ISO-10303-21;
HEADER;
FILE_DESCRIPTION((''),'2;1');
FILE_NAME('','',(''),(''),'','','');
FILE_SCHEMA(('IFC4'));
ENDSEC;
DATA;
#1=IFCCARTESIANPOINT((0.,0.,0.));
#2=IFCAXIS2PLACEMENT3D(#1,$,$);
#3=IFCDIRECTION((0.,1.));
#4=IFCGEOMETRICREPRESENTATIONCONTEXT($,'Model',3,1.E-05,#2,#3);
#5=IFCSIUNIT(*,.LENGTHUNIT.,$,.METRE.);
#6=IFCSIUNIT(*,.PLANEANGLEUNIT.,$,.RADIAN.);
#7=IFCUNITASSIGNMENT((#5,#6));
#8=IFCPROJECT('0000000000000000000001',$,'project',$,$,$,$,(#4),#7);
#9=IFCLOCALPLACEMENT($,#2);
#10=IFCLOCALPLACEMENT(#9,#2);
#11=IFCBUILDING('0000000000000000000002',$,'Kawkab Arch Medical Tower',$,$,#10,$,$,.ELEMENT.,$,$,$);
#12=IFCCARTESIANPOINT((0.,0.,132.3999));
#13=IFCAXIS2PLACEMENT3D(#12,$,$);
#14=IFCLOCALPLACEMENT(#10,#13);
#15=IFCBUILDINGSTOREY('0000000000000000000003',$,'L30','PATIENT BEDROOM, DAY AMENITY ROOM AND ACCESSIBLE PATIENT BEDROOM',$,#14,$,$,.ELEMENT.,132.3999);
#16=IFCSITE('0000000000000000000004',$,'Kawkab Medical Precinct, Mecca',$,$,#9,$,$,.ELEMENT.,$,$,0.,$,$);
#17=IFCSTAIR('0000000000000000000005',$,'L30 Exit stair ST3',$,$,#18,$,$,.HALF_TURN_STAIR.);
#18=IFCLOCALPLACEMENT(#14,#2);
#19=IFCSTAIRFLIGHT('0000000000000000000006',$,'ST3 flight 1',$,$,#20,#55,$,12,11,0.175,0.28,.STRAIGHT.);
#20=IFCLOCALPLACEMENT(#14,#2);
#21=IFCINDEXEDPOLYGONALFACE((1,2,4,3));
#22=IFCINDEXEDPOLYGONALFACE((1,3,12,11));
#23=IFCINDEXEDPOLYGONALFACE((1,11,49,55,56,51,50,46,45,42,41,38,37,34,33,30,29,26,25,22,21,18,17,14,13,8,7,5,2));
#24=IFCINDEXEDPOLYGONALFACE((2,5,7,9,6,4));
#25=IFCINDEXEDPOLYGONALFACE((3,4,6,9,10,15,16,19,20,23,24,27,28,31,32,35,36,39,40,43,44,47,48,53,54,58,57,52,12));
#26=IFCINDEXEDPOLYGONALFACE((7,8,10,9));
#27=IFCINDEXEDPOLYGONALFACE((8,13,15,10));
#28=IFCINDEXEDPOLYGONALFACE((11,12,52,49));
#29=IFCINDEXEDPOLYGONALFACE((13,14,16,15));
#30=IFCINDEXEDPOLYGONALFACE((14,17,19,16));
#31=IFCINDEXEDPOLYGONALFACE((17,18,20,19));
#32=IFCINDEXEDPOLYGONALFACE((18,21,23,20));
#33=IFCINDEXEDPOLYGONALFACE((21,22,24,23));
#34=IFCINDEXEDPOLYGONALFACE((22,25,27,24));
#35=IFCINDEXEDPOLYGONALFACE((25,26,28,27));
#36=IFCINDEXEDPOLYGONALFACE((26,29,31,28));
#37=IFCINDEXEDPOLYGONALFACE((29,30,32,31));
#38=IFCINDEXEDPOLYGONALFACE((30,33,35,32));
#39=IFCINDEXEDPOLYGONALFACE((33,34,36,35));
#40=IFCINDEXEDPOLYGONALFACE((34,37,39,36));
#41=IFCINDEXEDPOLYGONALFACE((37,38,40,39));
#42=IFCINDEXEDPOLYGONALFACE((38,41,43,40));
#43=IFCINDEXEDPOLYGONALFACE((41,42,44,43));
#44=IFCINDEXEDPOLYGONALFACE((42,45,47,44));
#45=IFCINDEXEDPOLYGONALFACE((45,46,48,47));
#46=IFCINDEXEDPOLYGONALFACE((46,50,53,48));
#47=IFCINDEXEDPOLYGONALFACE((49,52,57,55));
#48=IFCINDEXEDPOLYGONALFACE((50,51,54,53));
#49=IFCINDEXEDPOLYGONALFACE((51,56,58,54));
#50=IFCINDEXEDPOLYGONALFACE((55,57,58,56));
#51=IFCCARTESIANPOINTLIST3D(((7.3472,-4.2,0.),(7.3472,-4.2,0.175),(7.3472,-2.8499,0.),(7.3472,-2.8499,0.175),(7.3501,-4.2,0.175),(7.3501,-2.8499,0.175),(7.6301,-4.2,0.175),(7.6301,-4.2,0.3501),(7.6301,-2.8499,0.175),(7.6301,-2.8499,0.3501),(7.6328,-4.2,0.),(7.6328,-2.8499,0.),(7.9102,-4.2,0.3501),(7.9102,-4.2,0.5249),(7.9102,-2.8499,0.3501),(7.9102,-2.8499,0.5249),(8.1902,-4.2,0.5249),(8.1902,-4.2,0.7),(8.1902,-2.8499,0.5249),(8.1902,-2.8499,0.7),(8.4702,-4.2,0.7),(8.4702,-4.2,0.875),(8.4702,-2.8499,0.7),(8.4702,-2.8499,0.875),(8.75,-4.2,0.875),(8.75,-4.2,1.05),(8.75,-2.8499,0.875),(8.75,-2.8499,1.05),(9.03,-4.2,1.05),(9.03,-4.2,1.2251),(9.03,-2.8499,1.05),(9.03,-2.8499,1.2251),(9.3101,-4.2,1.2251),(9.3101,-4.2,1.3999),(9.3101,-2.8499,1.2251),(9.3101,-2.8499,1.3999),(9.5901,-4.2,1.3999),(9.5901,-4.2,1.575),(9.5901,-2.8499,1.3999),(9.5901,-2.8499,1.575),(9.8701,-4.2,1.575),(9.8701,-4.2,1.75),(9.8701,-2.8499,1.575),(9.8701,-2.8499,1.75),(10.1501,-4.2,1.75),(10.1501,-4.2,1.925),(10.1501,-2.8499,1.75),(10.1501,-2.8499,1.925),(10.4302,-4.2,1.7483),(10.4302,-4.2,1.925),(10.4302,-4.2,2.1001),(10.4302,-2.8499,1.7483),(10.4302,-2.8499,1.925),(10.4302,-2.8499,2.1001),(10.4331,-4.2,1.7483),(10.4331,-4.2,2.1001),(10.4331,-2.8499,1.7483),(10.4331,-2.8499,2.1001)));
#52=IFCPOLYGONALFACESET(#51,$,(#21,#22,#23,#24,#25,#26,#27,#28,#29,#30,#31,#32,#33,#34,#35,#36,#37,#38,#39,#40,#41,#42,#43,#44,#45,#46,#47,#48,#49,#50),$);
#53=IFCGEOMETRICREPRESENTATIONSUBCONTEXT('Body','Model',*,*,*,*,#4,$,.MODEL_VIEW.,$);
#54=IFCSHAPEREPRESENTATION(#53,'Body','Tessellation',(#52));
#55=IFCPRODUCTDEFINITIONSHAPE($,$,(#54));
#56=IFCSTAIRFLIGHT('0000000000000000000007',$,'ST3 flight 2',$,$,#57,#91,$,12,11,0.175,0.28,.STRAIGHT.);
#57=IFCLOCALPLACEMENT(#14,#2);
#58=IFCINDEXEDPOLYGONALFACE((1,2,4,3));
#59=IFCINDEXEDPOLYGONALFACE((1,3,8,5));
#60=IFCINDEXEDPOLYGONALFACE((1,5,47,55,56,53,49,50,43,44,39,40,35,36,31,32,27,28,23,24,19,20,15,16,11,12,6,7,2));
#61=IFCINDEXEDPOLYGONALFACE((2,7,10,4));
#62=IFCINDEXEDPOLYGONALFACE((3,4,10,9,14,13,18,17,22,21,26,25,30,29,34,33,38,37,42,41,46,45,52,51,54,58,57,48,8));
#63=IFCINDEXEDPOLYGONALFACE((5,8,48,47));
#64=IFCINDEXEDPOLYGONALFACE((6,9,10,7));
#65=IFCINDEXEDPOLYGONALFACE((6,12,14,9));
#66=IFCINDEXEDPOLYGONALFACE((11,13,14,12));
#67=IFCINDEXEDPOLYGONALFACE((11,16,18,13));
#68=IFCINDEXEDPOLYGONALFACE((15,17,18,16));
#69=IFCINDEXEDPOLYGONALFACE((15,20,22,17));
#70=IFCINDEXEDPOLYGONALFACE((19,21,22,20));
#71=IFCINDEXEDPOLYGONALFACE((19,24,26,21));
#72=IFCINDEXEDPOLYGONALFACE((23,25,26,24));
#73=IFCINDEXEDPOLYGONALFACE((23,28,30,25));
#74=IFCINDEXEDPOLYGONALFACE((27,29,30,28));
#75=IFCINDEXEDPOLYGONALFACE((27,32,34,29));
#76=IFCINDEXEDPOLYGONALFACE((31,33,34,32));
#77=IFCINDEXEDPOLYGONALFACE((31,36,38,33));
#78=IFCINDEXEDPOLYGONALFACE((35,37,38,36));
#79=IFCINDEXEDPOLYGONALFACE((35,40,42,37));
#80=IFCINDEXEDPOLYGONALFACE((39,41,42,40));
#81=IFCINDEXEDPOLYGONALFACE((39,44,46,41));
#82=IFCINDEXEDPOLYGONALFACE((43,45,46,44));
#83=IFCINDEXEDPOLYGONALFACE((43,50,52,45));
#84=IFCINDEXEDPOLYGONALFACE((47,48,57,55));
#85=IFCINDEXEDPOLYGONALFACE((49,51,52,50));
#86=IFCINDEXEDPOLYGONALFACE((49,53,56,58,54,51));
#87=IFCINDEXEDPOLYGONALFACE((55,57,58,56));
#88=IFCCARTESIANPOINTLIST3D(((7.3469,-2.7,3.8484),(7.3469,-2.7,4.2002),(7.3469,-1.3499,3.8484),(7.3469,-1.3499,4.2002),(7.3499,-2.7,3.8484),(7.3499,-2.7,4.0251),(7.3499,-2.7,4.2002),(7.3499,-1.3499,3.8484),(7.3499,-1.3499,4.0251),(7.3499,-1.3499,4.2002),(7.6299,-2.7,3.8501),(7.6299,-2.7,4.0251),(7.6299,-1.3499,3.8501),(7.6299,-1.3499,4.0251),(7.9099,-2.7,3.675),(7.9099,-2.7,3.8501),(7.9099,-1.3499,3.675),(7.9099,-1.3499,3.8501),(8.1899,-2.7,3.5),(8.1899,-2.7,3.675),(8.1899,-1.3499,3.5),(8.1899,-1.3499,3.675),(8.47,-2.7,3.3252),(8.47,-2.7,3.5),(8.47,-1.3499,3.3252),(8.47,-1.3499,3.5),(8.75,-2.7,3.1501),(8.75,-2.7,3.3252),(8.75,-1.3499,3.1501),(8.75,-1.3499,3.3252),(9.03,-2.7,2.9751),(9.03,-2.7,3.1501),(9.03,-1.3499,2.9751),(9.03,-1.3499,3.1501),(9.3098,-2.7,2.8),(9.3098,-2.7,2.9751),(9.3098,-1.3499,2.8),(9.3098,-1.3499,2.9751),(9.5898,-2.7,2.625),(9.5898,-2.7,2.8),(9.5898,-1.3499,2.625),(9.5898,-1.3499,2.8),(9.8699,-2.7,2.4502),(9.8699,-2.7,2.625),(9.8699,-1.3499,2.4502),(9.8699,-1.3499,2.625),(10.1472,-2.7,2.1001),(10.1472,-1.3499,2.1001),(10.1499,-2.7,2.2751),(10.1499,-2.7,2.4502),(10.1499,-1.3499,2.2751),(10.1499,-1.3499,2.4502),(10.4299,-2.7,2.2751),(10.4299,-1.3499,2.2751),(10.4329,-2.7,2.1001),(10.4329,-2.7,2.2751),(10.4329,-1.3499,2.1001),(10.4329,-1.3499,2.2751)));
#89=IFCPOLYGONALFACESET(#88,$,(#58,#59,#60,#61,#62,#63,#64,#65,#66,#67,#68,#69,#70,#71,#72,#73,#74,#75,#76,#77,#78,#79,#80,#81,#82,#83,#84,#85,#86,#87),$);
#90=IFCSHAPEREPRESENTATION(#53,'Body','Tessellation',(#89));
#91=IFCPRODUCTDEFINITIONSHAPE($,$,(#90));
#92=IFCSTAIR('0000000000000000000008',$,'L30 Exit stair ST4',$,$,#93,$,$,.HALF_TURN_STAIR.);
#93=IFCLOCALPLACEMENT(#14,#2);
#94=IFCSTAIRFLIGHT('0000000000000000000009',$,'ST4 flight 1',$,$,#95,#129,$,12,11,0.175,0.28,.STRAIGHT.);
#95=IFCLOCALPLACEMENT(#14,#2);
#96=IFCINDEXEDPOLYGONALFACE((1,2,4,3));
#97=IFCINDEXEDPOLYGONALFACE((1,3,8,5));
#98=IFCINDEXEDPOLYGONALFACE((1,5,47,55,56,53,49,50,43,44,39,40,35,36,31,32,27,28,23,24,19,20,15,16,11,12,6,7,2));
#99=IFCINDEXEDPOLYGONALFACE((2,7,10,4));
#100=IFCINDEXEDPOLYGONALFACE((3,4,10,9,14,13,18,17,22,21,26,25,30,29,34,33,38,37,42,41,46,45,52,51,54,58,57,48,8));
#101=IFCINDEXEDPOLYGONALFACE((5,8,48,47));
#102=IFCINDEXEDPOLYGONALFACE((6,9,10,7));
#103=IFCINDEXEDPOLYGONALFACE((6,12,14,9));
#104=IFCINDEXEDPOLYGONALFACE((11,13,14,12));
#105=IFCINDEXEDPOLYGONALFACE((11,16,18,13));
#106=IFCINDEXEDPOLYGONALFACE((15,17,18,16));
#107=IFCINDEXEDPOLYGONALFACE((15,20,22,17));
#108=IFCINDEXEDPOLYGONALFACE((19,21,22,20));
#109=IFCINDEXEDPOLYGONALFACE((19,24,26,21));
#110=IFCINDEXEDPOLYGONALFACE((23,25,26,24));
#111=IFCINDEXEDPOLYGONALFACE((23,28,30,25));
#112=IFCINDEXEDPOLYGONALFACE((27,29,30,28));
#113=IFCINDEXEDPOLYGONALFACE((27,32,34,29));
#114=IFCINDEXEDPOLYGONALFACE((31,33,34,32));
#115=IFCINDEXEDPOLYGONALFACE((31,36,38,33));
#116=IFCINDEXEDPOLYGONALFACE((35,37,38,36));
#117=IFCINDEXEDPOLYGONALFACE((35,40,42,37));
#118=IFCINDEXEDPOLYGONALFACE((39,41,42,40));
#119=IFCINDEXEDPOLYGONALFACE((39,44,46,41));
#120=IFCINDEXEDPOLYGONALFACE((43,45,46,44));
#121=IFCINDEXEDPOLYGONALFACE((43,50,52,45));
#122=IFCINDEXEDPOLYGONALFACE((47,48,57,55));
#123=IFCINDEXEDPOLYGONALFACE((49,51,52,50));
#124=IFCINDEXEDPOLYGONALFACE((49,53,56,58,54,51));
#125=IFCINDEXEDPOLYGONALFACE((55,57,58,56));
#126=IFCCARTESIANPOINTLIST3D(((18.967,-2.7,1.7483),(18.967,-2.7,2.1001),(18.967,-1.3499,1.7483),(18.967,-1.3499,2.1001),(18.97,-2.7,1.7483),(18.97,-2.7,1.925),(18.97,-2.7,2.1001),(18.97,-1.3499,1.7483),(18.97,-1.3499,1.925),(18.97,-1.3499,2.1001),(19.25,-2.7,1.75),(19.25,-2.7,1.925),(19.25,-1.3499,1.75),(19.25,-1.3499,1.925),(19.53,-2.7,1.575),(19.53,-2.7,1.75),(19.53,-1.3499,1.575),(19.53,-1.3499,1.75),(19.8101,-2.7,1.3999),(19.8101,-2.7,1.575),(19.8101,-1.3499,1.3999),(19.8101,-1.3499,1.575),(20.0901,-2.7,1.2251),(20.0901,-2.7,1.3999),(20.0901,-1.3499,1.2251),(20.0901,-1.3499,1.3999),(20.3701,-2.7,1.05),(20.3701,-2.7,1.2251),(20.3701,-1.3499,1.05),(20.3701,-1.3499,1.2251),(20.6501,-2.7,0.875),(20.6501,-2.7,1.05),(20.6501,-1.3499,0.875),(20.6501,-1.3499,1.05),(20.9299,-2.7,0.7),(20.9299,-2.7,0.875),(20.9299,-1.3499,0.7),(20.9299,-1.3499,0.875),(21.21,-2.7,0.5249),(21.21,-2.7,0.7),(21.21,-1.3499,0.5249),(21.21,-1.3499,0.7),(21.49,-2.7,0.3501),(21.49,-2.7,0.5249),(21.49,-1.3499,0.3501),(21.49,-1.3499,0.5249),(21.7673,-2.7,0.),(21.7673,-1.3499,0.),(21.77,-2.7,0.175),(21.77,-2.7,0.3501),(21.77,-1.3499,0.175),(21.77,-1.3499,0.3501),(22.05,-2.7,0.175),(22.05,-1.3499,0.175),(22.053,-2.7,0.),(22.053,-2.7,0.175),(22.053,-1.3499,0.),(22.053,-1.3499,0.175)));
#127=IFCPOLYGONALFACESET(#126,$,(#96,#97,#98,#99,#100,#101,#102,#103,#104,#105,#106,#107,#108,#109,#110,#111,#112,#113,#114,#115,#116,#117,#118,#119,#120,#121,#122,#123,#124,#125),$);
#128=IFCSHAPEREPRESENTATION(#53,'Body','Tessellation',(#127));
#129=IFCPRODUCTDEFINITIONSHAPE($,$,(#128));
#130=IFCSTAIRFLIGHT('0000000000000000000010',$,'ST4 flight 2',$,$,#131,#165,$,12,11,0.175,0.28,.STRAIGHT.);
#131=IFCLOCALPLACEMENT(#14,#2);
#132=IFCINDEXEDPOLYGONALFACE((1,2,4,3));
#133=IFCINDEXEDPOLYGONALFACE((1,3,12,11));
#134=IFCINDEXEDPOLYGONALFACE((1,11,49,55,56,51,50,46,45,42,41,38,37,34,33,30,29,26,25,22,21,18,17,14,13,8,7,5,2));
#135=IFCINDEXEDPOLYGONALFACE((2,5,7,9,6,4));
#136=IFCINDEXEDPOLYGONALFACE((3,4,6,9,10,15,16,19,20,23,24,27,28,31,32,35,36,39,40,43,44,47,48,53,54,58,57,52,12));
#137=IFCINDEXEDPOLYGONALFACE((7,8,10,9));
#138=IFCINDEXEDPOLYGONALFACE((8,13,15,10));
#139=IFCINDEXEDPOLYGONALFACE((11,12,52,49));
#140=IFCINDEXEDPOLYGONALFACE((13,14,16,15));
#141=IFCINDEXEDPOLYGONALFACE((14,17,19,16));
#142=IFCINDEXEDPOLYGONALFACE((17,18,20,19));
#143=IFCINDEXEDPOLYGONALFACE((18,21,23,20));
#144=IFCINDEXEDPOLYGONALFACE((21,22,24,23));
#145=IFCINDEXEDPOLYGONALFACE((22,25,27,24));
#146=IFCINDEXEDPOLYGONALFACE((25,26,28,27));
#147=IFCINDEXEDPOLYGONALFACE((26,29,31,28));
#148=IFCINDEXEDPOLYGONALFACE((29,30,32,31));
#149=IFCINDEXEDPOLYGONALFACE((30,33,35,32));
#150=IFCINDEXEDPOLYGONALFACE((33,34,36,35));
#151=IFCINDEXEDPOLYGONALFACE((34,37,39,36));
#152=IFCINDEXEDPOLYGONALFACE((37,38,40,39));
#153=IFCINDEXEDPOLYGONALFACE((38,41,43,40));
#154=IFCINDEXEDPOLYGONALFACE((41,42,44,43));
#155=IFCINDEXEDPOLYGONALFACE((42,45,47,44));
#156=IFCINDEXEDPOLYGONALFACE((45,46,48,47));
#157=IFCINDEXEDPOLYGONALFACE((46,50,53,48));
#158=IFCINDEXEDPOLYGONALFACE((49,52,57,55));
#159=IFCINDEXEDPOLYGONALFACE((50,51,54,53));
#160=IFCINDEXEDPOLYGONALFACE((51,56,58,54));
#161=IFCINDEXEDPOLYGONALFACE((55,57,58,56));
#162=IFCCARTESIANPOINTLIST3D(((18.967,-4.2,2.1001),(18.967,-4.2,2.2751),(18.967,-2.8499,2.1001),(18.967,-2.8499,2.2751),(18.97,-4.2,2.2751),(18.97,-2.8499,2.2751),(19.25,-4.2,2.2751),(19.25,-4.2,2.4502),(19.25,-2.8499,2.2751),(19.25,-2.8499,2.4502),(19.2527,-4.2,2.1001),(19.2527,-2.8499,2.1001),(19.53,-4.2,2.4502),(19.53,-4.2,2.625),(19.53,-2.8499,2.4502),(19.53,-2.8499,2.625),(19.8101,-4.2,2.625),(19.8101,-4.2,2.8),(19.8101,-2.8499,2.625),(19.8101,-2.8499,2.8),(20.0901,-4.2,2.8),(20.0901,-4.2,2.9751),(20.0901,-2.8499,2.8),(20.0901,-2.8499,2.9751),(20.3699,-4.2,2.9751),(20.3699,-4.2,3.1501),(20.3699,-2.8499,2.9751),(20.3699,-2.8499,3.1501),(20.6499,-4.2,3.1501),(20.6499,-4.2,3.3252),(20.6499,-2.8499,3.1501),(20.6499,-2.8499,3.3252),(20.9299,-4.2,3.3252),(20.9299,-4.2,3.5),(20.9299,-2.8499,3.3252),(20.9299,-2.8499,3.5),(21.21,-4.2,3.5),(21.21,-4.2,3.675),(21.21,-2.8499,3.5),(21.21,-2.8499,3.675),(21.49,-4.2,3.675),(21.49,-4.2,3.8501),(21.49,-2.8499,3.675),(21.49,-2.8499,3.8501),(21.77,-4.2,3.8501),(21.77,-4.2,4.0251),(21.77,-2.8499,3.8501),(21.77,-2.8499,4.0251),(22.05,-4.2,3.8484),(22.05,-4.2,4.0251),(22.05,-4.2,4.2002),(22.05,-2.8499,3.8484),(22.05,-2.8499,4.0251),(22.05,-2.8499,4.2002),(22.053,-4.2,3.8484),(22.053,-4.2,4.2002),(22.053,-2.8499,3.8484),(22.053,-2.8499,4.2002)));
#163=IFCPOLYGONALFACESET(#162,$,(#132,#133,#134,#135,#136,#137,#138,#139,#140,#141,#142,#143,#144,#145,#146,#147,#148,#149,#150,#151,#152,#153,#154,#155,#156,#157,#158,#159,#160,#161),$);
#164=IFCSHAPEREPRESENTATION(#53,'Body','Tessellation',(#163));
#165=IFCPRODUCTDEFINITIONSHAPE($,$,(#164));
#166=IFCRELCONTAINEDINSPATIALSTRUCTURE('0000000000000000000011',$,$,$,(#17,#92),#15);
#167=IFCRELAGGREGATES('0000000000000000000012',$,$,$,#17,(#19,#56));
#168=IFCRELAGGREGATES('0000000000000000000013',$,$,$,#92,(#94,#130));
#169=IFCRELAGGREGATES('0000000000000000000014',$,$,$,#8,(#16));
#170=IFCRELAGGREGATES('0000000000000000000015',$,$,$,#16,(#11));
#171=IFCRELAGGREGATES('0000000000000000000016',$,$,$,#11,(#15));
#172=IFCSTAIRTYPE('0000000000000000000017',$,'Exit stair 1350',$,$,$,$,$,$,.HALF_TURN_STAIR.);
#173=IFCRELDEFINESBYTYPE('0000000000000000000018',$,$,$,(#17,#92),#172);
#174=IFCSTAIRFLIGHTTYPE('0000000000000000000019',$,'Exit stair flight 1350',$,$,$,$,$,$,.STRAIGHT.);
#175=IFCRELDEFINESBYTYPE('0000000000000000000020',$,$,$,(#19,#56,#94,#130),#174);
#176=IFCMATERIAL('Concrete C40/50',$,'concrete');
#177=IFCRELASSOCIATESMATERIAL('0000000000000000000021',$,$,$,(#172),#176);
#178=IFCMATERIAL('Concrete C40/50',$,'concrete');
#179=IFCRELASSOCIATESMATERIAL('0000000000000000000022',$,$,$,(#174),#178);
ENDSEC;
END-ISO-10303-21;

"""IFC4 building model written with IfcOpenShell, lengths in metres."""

from ifc_helpers import new_model, si_unit, direction, frame, origin, place, context, subcontext, project, spatial, polyline, outline, extrude, material, type_object, element, aggregate, save


model = new_model("IFC4")

# Units and contexts
model_context = context("Model", 3, precision=1e-05, world=origin(), true_north=direction((0.0, 1.0)))
body_context = subcontext(model_context, "Body", "Model", "MODEL_VIEW")
ifc_project = project(units=[si_unit("LENGTHUNIT", "METRE"), si_unit("PLANEANGLEUNIT", "RADIAN")], contexts=[model_context])

# Site, building, storey
site_placement = place(None, origin())
site = spatial("IfcSite", under=ifc_project, at=site_placement, Name="Kawkab Medical Precinct, Mecca", CompositionType="ELEMENT", RefElevation=0.0)
building_placement = place(site_placement, origin())
building = spatial("IfcBuilding", under=site, at=building_placement, Name="Kawkab Arch Medical Tower", CompositionType="ELEMENT")
storey_placement = place(building_placement, frame((0.0, 0.0, 132.3999)))
storey = spatial("IfcBuildingStorey", under=building, at=storey_placement, Name="L30", Description="PATIENT BEDROOM, DAY AMENITY ROOM AND ACCESSIBLE PATIENT BEDROOM", CompositionType="ELEMENT", Elevation=132.3999)

# Shared definitions
placement = place(storey_placement, origin())

# Stairs, stair flights
ifc_material_1 = material(Name="Concrete C40/50", Category="concrete")
stair_type = type_object("IfcStairType", Name="Exit stair 1350", PredefinedType="HALF_TURN_STAIR", material=ifc_material_1)
stair_1 = element("IfcStair", 1, at=placement, inside=storey, type_object=stair_type, Name="L30 Exit stair ST3", PredefinedType="HALF_TURN_STAIR")
ifc_material_2 = material(Name="Concrete C40/50", Category="concrete")
stair_flight_type = type_object("IfcStairFlightType", Name="Exit stair flight 1350", PredefinedType="STRAIGHT", material=ifc_material_2)
stair_flight_1_placement = place(storey_placement, frame((7.3501, -3.5249, 0.0), z_axis=(0.0, 0.0, 1.0), x_axis=(1.0, 0.0, 0.0)))
stair_flight_1 = element("IfcStairFlight", 2, at=stair_flight_1_placement, type_object=stair_flight_type, Name="ST3 flight 1", NumberOfRisers=12, NumberOfTreads=11, PredefinedType="STRAIGHT", RiserHeight=0.175, TreadLength=0.28, context=body_context, shape_type="SweptSolid", body=[
    extrude(outline(polyline([(-0.0029, 0.0), (-0.0029, 0.175), (0.0, 0.175), (0.28, 0.175), (0.28, 0.3501), (0.5601, 0.3501), (0.5601, 0.5249), (0.8401, 0.5249), (0.8401, 0.7), (1.1201, 0.7), (1.1201, 0.875), (1.3999, 0.875), (1.3999, 1.05), (1.6799, 1.05), (1.6799, 1.2251), (1.96, 1.2251), (1.96, 1.3999), (2.24, 1.3999), (2.24, 1.575), (2.52, 1.575), (2.52, 1.75), (2.8, 1.75), (2.8, 1.925), (3.0801, 1.925), (3.0801, 2.1001), (3.083, 2.1001), (3.083, 1.7483), (3.0801, 1.7483), (0.2827, 0.0), (-0.0029, 0.0)])), frame((0.0, 0.675, 0.0), z_axis=(0.0, -1.0, 0.0), x_axis=(1.0, 0.0, 0.0)), (0.0, 0.0, 1.0), 1.3501),
])
stair_flight_2_placement = place(storey_placement, frame((10.4299, -2.0249, 2.1001), z_axis=(0.0, 0.0, 1.0), x_axis=(-1.0, 0.0, 0.0)))
stair_flight_2 = element("IfcStairFlight", 3, at=stair_flight_2_placement, type_object=stair_flight_type, Name="ST3 flight 2", NumberOfRisers=12, NumberOfTreads=11, PredefinedType="STRAIGHT", RiserHeight=0.175, TreadLength=0.28, context=body_context, shape_type="SweptSolid", body=[
    extrude(outline(polyline([(-0.0029, 0.0), (-0.0029, 0.175), (0.0, 0.175), (0.28, 0.175), (0.28, 0.3501), (0.5601, 0.3501), (0.5601, 0.5249), (0.8401, 0.5249), (0.8401, 0.7), (1.1201, 0.7), (1.1201, 0.875), (1.3999, 0.875), (1.3999, 1.05), (1.6799, 1.05), (1.6799, 1.2251), (1.96, 1.2251), (1.96, 1.3999), (2.24, 1.3999), (2.24, 1.575), (2.52, 1.575), (2.52, 1.75), (2.8, 1.75), (2.8, 1.925), (3.0801, 1.925), (3.0801, 2.1001), (3.083, 2.1001), (3.083, 1.7483), (3.0801, 1.7483), (0.2827, 0.0), (-0.0029, 0.0)])), frame((0.0, 0.675, 0.0), z_axis=(0.0, -1.0, 0.0), x_axis=(1.0, 0.0, 0.0)), (0.0, 0.0, 1.0), 1.3501),
])
aggregate(stair_1, [stair_flight_1, stair_flight_2])
stair_2 = element("IfcStair", 4, at=placement, inside=storey, type_object=stair_type, Name="L30 Exit stair ST4", PredefinedType="HALF_TURN_STAIR")
stair_flight_3_placement = place(storey_placement, frame((22.05, -2.0249, 0.0), z_axis=(0.0, 0.0, 1.0), x_axis=(-1.0, 0.0, 0.0)))
stair_flight_3 = element("IfcStairFlight", 5, at=stair_flight_3_placement, type_object=stair_flight_type, Name="ST4 flight 1", NumberOfRisers=12, NumberOfTreads=11, PredefinedType="STRAIGHT", RiserHeight=0.175, TreadLength=0.28, context=body_context, shape_type="SweptSolid", body=[
    extrude(outline(polyline([(-0.0029, 0.0), (-0.0029, 0.175), (0.0, 0.175), (0.28, 0.175), (0.28, 0.3501), (0.5601, 0.3501), (0.5601, 0.5249), (0.8401, 0.5249), (0.8401, 0.7), (1.1201, 0.7), (1.1201, 0.875), (1.3999, 0.875), (1.3999, 1.05), (1.6799, 1.05), (1.6799, 1.2251), (1.96, 1.2251), (1.96, 1.3999), (2.24, 1.3999), (2.24, 1.575), (2.52, 1.575), (2.52, 1.75), (2.8, 1.75), (2.8, 1.925), (3.0801, 1.925), (3.0801, 2.1001), (3.083, 2.1001), (3.083, 1.7483), (3.0801, 1.7483), (0.2827, 0.0), (-0.0029, 0.0)])), frame((0.0, 0.675, 0.0), z_axis=(0.0, -1.0, 0.0), x_axis=(1.0, 0.0, 0.0)), (0.0, 0.0, 1.0), 1.3501),
])
stair_flight_4_placement = place(storey_placement, frame((18.97, -3.5249, 2.1001), z_axis=(0.0, 0.0, 1.0), x_axis=(1.0, 0.0, 0.0)))
stair_flight_4 = element("IfcStairFlight", 6, at=stair_flight_4_placement, type_object=stair_flight_type, Name="ST4 flight 2", NumberOfRisers=12, NumberOfTreads=11, PredefinedType="STRAIGHT", RiserHeight=0.175, TreadLength=0.28, context=body_context, shape_type="SweptSolid", body=[
    extrude(outline(polyline([(-0.0029, 0.0), (-0.0029, 0.175), (0.0, 0.175), (0.28, 0.175), (0.28, 0.3501), (0.5601, 0.3501), (0.5601, 0.5249), (0.8401, 0.5249), (0.8401, 0.7), (1.1201, 0.7), (1.1201, 0.875), (1.3999, 0.875), (1.3999, 1.05), (1.6799, 1.05), (1.6799, 1.2251), (1.96, 1.2251), (1.96, 1.3999), (2.24, 1.3999), (2.24, 1.575), (2.52, 1.575), (2.52, 1.75), (2.8, 1.75), (2.8, 1.925), (3.0801, 1.925), (3.0801, 2.1001), (3.083, 2.1001), (3.083, 1.7483), (3.0801, 1.7483), (0.2827, 0.0), (-0.0029, 0.0)])), frame((0.0, 0.675, 0.0), z_axis=(0.0, -1.0, 0.0), x_axis=(1.0, 0.0, 0.0)), (0.0, 0.0, 1.0), 1.3501),
])
aggregate(stair_2, [stair_flight_3, stair_flight_4])

save(model, "model.ifc")
